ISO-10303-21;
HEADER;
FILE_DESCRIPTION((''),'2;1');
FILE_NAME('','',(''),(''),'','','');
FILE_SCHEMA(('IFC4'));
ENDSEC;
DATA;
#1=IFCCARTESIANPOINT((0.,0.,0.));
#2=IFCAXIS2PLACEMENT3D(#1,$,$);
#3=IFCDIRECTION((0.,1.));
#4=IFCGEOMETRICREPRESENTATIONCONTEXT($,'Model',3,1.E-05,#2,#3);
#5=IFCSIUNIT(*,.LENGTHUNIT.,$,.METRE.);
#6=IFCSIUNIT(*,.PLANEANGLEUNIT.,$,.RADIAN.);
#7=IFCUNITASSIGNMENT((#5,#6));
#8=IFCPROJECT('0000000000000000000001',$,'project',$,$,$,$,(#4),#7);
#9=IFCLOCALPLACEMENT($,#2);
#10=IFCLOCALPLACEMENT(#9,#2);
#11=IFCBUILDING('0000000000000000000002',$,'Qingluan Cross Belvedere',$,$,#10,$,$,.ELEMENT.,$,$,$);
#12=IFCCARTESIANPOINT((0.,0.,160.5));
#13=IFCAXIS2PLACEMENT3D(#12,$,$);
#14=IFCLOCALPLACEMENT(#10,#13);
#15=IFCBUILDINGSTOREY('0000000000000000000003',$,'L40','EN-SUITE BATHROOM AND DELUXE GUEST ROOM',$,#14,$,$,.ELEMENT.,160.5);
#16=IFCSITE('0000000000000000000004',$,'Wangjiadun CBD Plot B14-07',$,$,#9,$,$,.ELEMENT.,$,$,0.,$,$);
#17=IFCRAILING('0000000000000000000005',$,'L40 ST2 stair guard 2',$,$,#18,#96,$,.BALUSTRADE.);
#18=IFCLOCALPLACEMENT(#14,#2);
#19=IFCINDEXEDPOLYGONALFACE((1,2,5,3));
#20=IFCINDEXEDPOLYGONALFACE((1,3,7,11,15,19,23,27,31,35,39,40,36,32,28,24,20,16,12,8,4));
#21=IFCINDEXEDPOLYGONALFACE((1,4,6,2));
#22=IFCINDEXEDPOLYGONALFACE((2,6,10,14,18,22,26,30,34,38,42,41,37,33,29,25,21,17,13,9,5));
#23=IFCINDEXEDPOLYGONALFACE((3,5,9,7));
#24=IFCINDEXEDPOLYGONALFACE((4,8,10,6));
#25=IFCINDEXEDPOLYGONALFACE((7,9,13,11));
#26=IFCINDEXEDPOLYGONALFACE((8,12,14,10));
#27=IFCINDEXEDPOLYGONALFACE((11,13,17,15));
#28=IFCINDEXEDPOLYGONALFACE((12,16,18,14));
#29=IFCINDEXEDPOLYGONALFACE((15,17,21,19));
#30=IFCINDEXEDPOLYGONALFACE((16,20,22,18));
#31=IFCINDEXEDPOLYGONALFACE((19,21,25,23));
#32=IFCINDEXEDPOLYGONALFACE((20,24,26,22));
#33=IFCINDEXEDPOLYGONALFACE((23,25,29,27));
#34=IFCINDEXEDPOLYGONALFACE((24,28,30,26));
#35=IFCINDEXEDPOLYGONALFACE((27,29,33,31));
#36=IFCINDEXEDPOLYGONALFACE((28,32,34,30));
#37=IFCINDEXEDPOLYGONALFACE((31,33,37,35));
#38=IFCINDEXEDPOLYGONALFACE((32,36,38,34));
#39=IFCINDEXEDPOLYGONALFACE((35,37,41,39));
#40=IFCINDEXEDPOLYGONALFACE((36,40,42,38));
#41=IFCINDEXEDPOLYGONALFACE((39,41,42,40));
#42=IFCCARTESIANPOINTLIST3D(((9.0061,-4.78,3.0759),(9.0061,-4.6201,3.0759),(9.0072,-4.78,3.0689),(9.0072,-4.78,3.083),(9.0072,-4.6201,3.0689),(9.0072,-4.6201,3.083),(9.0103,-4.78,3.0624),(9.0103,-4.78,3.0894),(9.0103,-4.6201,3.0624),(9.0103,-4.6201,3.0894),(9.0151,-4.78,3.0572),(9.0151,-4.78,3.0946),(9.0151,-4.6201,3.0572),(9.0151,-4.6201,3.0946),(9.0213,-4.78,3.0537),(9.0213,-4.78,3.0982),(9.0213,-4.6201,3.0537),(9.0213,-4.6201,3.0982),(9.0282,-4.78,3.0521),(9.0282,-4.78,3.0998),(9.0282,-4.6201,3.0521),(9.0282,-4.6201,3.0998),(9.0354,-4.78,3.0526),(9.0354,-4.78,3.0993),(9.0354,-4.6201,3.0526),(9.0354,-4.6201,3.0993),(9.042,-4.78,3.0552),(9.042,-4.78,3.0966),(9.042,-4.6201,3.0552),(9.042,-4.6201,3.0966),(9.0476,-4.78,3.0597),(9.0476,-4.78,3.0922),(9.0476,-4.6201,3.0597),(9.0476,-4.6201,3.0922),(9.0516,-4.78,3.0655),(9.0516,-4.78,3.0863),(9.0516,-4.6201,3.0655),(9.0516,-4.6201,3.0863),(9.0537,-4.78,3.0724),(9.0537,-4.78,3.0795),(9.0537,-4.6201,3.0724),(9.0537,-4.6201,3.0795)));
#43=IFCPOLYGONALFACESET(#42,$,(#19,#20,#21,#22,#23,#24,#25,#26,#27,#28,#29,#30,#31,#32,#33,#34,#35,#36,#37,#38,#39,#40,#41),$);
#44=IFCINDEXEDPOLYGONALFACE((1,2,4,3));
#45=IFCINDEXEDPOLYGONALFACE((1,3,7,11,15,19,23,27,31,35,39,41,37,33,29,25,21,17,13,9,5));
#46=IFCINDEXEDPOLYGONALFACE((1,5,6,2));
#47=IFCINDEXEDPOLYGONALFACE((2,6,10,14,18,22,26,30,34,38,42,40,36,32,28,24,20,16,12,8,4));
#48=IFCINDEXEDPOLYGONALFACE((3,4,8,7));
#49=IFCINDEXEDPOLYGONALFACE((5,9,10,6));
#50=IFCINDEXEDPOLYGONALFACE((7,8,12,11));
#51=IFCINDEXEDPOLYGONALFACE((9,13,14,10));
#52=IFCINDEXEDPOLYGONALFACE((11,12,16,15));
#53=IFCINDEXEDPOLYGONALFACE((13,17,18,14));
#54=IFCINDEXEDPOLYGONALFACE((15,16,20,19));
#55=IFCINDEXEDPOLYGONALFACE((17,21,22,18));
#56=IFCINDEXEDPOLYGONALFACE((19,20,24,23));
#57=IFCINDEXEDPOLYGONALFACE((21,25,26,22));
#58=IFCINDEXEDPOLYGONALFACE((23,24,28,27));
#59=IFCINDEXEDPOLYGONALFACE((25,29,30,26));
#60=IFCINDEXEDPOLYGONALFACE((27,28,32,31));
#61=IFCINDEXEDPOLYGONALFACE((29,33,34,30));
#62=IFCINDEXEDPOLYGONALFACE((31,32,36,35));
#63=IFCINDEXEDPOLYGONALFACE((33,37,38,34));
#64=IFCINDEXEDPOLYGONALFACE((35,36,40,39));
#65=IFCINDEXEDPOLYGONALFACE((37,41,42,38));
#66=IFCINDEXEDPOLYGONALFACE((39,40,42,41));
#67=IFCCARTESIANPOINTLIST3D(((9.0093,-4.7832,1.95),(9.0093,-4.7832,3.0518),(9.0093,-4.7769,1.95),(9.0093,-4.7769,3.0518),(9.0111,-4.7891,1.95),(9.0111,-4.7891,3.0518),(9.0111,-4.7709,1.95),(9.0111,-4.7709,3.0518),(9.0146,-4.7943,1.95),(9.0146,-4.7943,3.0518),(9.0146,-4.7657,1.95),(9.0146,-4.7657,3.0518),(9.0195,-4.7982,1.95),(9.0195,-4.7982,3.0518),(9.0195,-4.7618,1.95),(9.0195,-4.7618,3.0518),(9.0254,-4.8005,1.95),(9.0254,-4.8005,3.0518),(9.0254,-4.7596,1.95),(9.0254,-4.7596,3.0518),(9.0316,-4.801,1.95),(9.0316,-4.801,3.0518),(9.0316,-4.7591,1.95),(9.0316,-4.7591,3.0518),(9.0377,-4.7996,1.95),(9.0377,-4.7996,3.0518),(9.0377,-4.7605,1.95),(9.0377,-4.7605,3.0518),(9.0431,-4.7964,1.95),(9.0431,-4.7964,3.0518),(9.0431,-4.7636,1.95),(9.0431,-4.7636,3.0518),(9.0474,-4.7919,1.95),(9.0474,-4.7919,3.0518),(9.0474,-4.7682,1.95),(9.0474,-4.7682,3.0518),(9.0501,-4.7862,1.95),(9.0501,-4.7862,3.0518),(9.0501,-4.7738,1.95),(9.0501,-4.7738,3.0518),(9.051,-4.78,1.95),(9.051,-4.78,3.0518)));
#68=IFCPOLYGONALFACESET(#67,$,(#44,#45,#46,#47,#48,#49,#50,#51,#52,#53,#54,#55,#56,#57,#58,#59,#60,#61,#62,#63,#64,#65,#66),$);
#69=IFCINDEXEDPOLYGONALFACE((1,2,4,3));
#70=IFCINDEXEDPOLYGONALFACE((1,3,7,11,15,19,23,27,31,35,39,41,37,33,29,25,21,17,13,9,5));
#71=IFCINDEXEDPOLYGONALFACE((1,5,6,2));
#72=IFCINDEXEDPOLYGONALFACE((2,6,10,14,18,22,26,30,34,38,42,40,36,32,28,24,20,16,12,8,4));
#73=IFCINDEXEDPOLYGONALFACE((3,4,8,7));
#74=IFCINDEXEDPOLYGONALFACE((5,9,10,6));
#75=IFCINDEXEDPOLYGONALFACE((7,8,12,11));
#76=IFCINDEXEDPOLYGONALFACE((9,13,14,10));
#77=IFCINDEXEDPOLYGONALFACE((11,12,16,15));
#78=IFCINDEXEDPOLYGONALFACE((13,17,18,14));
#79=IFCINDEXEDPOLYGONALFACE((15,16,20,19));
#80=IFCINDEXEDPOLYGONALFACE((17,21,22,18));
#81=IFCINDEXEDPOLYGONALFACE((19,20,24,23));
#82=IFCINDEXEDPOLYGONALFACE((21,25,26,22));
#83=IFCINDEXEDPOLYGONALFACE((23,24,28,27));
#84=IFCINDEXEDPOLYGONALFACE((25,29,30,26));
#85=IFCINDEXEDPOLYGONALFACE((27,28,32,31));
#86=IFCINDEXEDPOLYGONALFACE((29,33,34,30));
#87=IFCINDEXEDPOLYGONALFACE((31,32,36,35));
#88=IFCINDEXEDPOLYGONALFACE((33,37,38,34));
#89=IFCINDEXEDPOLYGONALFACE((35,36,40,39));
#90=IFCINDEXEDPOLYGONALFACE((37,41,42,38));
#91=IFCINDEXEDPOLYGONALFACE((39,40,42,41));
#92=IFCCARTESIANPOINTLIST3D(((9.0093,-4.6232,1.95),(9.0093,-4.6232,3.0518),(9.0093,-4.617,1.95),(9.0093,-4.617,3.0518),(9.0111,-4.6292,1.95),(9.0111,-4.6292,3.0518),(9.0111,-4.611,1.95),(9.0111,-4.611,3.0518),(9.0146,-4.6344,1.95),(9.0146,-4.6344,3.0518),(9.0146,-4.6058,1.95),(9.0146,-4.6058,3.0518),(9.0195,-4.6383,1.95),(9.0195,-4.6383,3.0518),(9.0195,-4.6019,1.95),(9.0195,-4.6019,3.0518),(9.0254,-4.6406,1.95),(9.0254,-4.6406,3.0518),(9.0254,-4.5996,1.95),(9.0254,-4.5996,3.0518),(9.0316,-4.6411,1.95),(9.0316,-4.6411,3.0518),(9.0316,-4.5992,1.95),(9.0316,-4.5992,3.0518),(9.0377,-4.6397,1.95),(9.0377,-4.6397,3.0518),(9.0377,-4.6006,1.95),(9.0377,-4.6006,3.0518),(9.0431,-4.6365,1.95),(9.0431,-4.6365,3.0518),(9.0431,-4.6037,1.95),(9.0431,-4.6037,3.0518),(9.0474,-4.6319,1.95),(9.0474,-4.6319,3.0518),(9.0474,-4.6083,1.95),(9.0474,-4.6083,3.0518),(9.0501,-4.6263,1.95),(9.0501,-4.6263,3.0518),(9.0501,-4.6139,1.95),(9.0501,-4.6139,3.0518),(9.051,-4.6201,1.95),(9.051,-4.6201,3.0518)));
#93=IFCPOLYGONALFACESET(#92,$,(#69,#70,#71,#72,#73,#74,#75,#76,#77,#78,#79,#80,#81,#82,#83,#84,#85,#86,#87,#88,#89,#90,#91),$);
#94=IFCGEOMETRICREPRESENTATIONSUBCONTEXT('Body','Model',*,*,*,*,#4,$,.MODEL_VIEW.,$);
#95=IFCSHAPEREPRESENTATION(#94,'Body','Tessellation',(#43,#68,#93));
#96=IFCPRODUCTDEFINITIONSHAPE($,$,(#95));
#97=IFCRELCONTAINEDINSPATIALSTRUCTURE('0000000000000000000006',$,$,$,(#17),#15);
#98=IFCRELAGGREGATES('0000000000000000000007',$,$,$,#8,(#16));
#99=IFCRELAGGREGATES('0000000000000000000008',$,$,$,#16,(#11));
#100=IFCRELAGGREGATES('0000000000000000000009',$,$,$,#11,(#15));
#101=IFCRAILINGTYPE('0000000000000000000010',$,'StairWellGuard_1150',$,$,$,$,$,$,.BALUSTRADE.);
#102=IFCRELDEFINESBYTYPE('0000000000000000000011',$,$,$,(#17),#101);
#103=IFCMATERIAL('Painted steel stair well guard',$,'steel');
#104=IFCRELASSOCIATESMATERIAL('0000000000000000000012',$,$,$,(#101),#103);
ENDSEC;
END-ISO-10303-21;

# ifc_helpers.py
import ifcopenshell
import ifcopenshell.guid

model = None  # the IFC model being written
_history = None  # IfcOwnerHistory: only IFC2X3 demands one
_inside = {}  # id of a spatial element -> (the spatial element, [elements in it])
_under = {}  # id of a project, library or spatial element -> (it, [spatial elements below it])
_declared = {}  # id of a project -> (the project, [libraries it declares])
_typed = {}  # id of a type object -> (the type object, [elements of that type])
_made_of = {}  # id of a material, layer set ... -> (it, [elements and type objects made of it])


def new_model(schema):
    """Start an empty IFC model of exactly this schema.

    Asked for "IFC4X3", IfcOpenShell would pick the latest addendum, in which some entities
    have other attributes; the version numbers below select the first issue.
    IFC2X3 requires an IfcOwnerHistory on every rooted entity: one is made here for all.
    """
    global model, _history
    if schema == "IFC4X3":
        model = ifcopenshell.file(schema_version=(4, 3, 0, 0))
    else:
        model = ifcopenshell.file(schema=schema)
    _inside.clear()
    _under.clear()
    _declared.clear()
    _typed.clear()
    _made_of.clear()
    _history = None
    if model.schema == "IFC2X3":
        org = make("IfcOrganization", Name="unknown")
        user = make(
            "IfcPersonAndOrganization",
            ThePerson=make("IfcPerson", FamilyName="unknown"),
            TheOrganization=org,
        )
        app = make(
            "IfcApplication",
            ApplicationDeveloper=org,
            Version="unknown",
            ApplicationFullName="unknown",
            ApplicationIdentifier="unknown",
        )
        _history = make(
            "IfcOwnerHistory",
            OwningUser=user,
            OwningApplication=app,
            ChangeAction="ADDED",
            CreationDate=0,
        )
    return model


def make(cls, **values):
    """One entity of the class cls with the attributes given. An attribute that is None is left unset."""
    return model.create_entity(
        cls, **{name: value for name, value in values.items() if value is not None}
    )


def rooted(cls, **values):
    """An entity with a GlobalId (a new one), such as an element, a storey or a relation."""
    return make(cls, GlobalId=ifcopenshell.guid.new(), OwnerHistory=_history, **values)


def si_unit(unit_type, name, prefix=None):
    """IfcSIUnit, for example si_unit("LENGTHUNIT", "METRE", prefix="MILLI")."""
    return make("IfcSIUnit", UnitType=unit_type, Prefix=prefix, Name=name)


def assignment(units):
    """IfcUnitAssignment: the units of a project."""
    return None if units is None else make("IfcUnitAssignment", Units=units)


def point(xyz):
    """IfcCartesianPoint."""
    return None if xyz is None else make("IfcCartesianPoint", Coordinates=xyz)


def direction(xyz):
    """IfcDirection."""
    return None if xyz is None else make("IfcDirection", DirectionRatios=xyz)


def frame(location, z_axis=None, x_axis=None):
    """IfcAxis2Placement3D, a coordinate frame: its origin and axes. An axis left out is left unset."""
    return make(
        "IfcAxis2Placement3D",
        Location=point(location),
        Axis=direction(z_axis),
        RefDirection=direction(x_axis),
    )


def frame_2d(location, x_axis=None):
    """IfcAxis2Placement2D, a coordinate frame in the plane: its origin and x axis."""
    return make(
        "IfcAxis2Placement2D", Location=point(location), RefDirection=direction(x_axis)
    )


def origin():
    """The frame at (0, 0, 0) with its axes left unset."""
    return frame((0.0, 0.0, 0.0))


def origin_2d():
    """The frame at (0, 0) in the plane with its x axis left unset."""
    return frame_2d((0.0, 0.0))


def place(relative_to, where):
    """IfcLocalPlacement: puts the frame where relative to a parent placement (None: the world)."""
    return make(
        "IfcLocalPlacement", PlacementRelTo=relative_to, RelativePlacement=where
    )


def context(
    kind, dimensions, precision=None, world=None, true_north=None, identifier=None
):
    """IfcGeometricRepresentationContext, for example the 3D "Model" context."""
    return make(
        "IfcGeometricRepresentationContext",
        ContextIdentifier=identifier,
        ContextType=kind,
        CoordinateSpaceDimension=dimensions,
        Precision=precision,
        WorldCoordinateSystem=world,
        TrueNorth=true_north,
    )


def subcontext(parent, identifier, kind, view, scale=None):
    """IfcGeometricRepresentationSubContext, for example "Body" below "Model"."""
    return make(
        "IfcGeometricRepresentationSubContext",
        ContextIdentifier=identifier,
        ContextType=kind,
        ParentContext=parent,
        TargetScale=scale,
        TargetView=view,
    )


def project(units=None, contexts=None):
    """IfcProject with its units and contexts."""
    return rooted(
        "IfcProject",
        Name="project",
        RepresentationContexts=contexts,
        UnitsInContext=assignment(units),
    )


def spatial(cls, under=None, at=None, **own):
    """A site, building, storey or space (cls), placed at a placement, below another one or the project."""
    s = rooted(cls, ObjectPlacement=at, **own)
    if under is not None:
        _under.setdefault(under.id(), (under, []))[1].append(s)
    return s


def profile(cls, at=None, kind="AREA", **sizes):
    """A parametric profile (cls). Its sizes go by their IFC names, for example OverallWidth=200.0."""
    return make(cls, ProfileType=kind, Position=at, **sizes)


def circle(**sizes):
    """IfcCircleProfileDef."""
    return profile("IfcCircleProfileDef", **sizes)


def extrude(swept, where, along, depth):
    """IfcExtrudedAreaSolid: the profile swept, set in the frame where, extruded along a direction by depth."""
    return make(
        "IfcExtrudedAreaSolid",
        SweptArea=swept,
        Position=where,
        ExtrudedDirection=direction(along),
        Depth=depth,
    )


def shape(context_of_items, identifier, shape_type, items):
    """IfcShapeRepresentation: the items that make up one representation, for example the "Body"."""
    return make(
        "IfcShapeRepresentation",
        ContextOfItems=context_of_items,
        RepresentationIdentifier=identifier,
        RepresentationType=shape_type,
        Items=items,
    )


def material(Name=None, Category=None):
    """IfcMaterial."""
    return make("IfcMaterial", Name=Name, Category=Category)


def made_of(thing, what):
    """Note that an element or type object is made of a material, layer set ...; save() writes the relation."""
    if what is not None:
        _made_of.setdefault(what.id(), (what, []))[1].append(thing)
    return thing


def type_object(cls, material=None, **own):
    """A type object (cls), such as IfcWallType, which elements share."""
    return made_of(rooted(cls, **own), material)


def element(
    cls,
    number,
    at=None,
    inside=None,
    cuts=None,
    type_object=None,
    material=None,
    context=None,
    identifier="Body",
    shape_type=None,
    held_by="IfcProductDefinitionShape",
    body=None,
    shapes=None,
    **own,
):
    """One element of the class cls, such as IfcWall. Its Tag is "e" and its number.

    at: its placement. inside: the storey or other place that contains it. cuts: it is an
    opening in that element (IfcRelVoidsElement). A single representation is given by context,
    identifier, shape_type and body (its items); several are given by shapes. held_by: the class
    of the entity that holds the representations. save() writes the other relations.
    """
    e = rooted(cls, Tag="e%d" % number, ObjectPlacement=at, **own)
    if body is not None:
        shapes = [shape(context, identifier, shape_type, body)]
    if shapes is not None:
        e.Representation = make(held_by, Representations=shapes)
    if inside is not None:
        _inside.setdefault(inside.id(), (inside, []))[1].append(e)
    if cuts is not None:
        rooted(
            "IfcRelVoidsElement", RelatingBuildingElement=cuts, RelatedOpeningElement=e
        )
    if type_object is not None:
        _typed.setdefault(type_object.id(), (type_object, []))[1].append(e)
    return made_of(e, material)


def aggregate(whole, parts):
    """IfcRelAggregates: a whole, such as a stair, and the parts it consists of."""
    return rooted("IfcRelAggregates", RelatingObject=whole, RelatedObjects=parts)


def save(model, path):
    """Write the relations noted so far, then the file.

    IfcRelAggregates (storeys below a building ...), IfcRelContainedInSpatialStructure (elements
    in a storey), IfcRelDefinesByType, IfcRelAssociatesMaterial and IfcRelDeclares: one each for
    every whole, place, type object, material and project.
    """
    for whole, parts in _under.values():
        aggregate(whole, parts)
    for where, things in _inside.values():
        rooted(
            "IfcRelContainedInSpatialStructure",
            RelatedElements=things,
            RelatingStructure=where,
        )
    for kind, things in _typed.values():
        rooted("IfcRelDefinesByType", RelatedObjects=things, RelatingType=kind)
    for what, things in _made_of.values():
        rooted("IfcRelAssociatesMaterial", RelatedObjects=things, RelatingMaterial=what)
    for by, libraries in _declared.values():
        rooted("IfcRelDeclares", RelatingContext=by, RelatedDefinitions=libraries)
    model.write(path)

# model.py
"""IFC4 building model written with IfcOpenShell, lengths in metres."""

from ifc_helpers import new_model, si_unit, direction, frame, origin, origin_2d, place, context, subcontext, project, spatial, circle, extrude, material, type_object, element, save


model = new_model("IFC4")

# Units and contexts
model_context = context("Model", 3, precision=1e-05, world=origin(), true_north=direction((0.0, 1.0)))
body_context = subcontext(model_context, "Body", "Model", "MODEL_VIEW")
ifc_project = project(units=[si_unit("LENGTHUNIT", "METRE"), si_unit("PLANEANGLEUNIT", "RADIAN")], contexts=[model_context])

# Site, building, storey
site_placement = place(None, origin())
site = spatial("IfcSite", under=ifc_project, at=site_placement, Name="Wangjiadun CBD Plot B14-07", CompositionType="ELEMENT", RefElevation=0.0)
building_placement = place(site_placement, origin())
building = spatial("IfcBuilding", under=site, at=building_placement, Name="Qingluan Cross Belvedere", CompositionType="ELEMENT")
storey_placement = place(building_placement, frame((0.0, 0.0, 160.5)))
storey = spatial("IfcBuildingStorey", under=building, at=storey_placement, Name="L40", Description="EN-SUITE BATHROOM AND DELUXE GUEST ROOM", CompositionType="ELEMENT", Elevation=160.5)

# Railing
ifc_material_1 = material(Name="Painted steel stair well guard", Category="steel")
railing_type_1 = type_object("IfcRailingType", Name="StairWellGuard_1150", PredefinedType="BALUSTRADE", material=ifc_material_1)
railing_1_placement = place(storey_placement, frame((9.03, -4.78, 1.95)))
element("IfcRailing", 1, at=railing_1_placement, inside=storey, type_object=railing_type_1, Name="L40 ST2 stair guard 2", PredefinedType="BALUSTRADE", context=body_context, shape_type="SweptSolid", body=[
    extrude(circle(Radius=0.0239, at=origin_2d()), frame((0.0, 0.0, 1.126), z_axis=(0.0, 1.0, 0.0), x_axis=(-1.0, 0.0, 0.0)), (0.0, 0.0, 1.0), 0.1599),
    extrude(circle(Radius=0.021, at=origin_2d()), origin(), (0.0, 0.0, 1.0), 1.1018),
    extrude(circle(Radius=0.021, at=origin_2d()), frame((0.0, 0.1599, 0.0)), (0.0, 0.0, 1.0), 1.1018),
])

save(model, "model.ifc")
